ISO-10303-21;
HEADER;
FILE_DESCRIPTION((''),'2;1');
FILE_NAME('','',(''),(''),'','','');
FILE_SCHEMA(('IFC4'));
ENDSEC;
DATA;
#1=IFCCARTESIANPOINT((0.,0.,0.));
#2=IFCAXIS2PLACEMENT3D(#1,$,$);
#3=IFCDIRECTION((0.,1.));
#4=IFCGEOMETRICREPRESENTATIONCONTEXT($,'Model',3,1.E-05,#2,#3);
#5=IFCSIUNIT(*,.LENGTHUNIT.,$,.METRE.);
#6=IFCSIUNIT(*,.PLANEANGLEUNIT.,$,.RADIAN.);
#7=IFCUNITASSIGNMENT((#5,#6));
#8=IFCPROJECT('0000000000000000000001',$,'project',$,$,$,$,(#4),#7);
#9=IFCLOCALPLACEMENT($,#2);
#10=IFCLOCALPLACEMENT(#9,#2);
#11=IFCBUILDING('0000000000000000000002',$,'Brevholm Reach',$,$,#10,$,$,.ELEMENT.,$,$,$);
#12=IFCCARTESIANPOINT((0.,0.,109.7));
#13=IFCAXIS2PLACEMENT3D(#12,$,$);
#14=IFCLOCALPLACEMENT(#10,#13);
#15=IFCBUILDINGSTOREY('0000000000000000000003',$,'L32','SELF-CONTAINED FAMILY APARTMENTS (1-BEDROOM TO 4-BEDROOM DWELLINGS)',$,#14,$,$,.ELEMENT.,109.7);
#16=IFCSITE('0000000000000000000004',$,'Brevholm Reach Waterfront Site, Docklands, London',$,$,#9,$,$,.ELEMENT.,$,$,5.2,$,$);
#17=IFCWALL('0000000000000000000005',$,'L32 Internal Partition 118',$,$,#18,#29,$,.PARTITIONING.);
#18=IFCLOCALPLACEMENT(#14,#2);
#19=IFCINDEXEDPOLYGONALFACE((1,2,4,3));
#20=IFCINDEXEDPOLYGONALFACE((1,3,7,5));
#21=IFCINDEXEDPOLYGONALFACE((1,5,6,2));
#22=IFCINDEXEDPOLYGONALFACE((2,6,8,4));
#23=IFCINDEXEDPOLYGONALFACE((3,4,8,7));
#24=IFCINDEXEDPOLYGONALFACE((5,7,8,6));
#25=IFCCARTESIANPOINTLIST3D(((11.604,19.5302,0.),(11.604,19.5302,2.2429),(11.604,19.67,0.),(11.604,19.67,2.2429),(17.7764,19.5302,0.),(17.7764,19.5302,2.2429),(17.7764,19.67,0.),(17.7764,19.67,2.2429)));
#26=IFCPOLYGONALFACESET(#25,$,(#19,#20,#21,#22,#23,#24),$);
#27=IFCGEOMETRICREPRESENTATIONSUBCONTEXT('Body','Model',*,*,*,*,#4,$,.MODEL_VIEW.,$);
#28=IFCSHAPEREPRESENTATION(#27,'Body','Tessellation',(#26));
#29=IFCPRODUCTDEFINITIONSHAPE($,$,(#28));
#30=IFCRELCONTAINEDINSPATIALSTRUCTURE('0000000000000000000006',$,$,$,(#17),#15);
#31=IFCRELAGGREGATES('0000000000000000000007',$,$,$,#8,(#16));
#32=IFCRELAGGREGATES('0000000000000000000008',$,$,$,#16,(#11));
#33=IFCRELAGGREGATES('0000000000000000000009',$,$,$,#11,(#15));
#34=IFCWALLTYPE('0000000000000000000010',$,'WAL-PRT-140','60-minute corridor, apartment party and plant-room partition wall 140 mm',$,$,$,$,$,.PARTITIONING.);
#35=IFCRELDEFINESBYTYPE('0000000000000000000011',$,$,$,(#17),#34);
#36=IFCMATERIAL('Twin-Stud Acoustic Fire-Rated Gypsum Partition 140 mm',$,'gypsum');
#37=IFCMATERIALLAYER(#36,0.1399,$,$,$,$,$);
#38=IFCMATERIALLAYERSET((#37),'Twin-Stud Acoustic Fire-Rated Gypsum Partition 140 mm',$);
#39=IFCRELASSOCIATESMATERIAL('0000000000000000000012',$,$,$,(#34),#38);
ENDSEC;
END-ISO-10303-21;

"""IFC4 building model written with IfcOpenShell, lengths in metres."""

from ifc_helpers import new_model, si_unit, direction, frame, frame_2d, origin, place, context, subcontext, project, spatial, rectangle, extrude, material, layer, layer_set, type_object, element, save


model = new_model("IFC4")

# Units and contexts
model_context = context("Model", 3, precision=1e-05, world=origin(), true_north=direction((0.0, 1.0)))
body_context = subcontext(model_context, "Body", "Model", "MODEL_VIEW")
ifc_project = project(units=[si_unit("LENGTHUNIT", "METRE"), si_unit("PLANEANGLEUNIT", "RADIAN")], contexts=[model_context])

# Site, building, storey
site_placement = place(None, origin())
site = spatial("IfcSite", under=ifc_project, at=site_placement, Name="Brevholm Reach Waterfront Site, Docklands, London", CompositionType="ELEMENT", RefElevation=5.2)
building_placement = place(site_placement, origin())
building = spatial("IfcBuilding", under=site, at=building_placement, Name="Brevholm Reach", CompositionType="ELEMENT")
storey_placement = place(building_placement, frame((0.0, 0.0, 109.7)))
storey = spatial("IfcBuildingStorey", under=building, at=storey_placement, Name="L32", Description="SELF-CONTAINED FAMILY APARTMENTS (1-BEDROOM TO 4-BEDROOM DWELLINGS)", CompositionType="ELEMENT", Elevation=109.7)

# Shared definitions
ifc_material_1 = material(Name="Twin-Stud Acoustic Fire-Rated Gypsum Partition 140 mm", Category="gypsum")
ifc_layer_1 = layer(ifc_material_1, 0.1399)
ifc_layer_set_1 = layer_set([ifc_layer_1], Name="Twin-Stud Acoustic Fire-Rated Gypsum Partition 140 mm")
wall_type_1 = type_object("IfcWallType", Name="WAL-PRT-140", Description="60-minute corridor, apartment party and plant-room partition wall 140 mm", PredefinedType="PARTITIONING", material=ifc_layer_set_1)

# Wall
wall_1_placement = place(storey_placement, frame((11.604, 19.6001, 0.0), z_axis=(0.0, 0.0, 1.0), x_axis=(1.0, 0.0, 0.0)))
element("IfcWall", 1, at=wall_1_placement, inside=storey, type_object=wall_type_1, Name="L32 Internal Partition 118", PredefinedType="PARTITIONING", context=body_context, shape_type="SweptSolid", body=[
    extrude(rectangle(XDim=6.1724, YDim=0.1399, at=frame_2d((3.0862, 0.0))), origin(), (0.0, 0.0, 1.0), 2.2429),
])

save(model, "model.ifc")
